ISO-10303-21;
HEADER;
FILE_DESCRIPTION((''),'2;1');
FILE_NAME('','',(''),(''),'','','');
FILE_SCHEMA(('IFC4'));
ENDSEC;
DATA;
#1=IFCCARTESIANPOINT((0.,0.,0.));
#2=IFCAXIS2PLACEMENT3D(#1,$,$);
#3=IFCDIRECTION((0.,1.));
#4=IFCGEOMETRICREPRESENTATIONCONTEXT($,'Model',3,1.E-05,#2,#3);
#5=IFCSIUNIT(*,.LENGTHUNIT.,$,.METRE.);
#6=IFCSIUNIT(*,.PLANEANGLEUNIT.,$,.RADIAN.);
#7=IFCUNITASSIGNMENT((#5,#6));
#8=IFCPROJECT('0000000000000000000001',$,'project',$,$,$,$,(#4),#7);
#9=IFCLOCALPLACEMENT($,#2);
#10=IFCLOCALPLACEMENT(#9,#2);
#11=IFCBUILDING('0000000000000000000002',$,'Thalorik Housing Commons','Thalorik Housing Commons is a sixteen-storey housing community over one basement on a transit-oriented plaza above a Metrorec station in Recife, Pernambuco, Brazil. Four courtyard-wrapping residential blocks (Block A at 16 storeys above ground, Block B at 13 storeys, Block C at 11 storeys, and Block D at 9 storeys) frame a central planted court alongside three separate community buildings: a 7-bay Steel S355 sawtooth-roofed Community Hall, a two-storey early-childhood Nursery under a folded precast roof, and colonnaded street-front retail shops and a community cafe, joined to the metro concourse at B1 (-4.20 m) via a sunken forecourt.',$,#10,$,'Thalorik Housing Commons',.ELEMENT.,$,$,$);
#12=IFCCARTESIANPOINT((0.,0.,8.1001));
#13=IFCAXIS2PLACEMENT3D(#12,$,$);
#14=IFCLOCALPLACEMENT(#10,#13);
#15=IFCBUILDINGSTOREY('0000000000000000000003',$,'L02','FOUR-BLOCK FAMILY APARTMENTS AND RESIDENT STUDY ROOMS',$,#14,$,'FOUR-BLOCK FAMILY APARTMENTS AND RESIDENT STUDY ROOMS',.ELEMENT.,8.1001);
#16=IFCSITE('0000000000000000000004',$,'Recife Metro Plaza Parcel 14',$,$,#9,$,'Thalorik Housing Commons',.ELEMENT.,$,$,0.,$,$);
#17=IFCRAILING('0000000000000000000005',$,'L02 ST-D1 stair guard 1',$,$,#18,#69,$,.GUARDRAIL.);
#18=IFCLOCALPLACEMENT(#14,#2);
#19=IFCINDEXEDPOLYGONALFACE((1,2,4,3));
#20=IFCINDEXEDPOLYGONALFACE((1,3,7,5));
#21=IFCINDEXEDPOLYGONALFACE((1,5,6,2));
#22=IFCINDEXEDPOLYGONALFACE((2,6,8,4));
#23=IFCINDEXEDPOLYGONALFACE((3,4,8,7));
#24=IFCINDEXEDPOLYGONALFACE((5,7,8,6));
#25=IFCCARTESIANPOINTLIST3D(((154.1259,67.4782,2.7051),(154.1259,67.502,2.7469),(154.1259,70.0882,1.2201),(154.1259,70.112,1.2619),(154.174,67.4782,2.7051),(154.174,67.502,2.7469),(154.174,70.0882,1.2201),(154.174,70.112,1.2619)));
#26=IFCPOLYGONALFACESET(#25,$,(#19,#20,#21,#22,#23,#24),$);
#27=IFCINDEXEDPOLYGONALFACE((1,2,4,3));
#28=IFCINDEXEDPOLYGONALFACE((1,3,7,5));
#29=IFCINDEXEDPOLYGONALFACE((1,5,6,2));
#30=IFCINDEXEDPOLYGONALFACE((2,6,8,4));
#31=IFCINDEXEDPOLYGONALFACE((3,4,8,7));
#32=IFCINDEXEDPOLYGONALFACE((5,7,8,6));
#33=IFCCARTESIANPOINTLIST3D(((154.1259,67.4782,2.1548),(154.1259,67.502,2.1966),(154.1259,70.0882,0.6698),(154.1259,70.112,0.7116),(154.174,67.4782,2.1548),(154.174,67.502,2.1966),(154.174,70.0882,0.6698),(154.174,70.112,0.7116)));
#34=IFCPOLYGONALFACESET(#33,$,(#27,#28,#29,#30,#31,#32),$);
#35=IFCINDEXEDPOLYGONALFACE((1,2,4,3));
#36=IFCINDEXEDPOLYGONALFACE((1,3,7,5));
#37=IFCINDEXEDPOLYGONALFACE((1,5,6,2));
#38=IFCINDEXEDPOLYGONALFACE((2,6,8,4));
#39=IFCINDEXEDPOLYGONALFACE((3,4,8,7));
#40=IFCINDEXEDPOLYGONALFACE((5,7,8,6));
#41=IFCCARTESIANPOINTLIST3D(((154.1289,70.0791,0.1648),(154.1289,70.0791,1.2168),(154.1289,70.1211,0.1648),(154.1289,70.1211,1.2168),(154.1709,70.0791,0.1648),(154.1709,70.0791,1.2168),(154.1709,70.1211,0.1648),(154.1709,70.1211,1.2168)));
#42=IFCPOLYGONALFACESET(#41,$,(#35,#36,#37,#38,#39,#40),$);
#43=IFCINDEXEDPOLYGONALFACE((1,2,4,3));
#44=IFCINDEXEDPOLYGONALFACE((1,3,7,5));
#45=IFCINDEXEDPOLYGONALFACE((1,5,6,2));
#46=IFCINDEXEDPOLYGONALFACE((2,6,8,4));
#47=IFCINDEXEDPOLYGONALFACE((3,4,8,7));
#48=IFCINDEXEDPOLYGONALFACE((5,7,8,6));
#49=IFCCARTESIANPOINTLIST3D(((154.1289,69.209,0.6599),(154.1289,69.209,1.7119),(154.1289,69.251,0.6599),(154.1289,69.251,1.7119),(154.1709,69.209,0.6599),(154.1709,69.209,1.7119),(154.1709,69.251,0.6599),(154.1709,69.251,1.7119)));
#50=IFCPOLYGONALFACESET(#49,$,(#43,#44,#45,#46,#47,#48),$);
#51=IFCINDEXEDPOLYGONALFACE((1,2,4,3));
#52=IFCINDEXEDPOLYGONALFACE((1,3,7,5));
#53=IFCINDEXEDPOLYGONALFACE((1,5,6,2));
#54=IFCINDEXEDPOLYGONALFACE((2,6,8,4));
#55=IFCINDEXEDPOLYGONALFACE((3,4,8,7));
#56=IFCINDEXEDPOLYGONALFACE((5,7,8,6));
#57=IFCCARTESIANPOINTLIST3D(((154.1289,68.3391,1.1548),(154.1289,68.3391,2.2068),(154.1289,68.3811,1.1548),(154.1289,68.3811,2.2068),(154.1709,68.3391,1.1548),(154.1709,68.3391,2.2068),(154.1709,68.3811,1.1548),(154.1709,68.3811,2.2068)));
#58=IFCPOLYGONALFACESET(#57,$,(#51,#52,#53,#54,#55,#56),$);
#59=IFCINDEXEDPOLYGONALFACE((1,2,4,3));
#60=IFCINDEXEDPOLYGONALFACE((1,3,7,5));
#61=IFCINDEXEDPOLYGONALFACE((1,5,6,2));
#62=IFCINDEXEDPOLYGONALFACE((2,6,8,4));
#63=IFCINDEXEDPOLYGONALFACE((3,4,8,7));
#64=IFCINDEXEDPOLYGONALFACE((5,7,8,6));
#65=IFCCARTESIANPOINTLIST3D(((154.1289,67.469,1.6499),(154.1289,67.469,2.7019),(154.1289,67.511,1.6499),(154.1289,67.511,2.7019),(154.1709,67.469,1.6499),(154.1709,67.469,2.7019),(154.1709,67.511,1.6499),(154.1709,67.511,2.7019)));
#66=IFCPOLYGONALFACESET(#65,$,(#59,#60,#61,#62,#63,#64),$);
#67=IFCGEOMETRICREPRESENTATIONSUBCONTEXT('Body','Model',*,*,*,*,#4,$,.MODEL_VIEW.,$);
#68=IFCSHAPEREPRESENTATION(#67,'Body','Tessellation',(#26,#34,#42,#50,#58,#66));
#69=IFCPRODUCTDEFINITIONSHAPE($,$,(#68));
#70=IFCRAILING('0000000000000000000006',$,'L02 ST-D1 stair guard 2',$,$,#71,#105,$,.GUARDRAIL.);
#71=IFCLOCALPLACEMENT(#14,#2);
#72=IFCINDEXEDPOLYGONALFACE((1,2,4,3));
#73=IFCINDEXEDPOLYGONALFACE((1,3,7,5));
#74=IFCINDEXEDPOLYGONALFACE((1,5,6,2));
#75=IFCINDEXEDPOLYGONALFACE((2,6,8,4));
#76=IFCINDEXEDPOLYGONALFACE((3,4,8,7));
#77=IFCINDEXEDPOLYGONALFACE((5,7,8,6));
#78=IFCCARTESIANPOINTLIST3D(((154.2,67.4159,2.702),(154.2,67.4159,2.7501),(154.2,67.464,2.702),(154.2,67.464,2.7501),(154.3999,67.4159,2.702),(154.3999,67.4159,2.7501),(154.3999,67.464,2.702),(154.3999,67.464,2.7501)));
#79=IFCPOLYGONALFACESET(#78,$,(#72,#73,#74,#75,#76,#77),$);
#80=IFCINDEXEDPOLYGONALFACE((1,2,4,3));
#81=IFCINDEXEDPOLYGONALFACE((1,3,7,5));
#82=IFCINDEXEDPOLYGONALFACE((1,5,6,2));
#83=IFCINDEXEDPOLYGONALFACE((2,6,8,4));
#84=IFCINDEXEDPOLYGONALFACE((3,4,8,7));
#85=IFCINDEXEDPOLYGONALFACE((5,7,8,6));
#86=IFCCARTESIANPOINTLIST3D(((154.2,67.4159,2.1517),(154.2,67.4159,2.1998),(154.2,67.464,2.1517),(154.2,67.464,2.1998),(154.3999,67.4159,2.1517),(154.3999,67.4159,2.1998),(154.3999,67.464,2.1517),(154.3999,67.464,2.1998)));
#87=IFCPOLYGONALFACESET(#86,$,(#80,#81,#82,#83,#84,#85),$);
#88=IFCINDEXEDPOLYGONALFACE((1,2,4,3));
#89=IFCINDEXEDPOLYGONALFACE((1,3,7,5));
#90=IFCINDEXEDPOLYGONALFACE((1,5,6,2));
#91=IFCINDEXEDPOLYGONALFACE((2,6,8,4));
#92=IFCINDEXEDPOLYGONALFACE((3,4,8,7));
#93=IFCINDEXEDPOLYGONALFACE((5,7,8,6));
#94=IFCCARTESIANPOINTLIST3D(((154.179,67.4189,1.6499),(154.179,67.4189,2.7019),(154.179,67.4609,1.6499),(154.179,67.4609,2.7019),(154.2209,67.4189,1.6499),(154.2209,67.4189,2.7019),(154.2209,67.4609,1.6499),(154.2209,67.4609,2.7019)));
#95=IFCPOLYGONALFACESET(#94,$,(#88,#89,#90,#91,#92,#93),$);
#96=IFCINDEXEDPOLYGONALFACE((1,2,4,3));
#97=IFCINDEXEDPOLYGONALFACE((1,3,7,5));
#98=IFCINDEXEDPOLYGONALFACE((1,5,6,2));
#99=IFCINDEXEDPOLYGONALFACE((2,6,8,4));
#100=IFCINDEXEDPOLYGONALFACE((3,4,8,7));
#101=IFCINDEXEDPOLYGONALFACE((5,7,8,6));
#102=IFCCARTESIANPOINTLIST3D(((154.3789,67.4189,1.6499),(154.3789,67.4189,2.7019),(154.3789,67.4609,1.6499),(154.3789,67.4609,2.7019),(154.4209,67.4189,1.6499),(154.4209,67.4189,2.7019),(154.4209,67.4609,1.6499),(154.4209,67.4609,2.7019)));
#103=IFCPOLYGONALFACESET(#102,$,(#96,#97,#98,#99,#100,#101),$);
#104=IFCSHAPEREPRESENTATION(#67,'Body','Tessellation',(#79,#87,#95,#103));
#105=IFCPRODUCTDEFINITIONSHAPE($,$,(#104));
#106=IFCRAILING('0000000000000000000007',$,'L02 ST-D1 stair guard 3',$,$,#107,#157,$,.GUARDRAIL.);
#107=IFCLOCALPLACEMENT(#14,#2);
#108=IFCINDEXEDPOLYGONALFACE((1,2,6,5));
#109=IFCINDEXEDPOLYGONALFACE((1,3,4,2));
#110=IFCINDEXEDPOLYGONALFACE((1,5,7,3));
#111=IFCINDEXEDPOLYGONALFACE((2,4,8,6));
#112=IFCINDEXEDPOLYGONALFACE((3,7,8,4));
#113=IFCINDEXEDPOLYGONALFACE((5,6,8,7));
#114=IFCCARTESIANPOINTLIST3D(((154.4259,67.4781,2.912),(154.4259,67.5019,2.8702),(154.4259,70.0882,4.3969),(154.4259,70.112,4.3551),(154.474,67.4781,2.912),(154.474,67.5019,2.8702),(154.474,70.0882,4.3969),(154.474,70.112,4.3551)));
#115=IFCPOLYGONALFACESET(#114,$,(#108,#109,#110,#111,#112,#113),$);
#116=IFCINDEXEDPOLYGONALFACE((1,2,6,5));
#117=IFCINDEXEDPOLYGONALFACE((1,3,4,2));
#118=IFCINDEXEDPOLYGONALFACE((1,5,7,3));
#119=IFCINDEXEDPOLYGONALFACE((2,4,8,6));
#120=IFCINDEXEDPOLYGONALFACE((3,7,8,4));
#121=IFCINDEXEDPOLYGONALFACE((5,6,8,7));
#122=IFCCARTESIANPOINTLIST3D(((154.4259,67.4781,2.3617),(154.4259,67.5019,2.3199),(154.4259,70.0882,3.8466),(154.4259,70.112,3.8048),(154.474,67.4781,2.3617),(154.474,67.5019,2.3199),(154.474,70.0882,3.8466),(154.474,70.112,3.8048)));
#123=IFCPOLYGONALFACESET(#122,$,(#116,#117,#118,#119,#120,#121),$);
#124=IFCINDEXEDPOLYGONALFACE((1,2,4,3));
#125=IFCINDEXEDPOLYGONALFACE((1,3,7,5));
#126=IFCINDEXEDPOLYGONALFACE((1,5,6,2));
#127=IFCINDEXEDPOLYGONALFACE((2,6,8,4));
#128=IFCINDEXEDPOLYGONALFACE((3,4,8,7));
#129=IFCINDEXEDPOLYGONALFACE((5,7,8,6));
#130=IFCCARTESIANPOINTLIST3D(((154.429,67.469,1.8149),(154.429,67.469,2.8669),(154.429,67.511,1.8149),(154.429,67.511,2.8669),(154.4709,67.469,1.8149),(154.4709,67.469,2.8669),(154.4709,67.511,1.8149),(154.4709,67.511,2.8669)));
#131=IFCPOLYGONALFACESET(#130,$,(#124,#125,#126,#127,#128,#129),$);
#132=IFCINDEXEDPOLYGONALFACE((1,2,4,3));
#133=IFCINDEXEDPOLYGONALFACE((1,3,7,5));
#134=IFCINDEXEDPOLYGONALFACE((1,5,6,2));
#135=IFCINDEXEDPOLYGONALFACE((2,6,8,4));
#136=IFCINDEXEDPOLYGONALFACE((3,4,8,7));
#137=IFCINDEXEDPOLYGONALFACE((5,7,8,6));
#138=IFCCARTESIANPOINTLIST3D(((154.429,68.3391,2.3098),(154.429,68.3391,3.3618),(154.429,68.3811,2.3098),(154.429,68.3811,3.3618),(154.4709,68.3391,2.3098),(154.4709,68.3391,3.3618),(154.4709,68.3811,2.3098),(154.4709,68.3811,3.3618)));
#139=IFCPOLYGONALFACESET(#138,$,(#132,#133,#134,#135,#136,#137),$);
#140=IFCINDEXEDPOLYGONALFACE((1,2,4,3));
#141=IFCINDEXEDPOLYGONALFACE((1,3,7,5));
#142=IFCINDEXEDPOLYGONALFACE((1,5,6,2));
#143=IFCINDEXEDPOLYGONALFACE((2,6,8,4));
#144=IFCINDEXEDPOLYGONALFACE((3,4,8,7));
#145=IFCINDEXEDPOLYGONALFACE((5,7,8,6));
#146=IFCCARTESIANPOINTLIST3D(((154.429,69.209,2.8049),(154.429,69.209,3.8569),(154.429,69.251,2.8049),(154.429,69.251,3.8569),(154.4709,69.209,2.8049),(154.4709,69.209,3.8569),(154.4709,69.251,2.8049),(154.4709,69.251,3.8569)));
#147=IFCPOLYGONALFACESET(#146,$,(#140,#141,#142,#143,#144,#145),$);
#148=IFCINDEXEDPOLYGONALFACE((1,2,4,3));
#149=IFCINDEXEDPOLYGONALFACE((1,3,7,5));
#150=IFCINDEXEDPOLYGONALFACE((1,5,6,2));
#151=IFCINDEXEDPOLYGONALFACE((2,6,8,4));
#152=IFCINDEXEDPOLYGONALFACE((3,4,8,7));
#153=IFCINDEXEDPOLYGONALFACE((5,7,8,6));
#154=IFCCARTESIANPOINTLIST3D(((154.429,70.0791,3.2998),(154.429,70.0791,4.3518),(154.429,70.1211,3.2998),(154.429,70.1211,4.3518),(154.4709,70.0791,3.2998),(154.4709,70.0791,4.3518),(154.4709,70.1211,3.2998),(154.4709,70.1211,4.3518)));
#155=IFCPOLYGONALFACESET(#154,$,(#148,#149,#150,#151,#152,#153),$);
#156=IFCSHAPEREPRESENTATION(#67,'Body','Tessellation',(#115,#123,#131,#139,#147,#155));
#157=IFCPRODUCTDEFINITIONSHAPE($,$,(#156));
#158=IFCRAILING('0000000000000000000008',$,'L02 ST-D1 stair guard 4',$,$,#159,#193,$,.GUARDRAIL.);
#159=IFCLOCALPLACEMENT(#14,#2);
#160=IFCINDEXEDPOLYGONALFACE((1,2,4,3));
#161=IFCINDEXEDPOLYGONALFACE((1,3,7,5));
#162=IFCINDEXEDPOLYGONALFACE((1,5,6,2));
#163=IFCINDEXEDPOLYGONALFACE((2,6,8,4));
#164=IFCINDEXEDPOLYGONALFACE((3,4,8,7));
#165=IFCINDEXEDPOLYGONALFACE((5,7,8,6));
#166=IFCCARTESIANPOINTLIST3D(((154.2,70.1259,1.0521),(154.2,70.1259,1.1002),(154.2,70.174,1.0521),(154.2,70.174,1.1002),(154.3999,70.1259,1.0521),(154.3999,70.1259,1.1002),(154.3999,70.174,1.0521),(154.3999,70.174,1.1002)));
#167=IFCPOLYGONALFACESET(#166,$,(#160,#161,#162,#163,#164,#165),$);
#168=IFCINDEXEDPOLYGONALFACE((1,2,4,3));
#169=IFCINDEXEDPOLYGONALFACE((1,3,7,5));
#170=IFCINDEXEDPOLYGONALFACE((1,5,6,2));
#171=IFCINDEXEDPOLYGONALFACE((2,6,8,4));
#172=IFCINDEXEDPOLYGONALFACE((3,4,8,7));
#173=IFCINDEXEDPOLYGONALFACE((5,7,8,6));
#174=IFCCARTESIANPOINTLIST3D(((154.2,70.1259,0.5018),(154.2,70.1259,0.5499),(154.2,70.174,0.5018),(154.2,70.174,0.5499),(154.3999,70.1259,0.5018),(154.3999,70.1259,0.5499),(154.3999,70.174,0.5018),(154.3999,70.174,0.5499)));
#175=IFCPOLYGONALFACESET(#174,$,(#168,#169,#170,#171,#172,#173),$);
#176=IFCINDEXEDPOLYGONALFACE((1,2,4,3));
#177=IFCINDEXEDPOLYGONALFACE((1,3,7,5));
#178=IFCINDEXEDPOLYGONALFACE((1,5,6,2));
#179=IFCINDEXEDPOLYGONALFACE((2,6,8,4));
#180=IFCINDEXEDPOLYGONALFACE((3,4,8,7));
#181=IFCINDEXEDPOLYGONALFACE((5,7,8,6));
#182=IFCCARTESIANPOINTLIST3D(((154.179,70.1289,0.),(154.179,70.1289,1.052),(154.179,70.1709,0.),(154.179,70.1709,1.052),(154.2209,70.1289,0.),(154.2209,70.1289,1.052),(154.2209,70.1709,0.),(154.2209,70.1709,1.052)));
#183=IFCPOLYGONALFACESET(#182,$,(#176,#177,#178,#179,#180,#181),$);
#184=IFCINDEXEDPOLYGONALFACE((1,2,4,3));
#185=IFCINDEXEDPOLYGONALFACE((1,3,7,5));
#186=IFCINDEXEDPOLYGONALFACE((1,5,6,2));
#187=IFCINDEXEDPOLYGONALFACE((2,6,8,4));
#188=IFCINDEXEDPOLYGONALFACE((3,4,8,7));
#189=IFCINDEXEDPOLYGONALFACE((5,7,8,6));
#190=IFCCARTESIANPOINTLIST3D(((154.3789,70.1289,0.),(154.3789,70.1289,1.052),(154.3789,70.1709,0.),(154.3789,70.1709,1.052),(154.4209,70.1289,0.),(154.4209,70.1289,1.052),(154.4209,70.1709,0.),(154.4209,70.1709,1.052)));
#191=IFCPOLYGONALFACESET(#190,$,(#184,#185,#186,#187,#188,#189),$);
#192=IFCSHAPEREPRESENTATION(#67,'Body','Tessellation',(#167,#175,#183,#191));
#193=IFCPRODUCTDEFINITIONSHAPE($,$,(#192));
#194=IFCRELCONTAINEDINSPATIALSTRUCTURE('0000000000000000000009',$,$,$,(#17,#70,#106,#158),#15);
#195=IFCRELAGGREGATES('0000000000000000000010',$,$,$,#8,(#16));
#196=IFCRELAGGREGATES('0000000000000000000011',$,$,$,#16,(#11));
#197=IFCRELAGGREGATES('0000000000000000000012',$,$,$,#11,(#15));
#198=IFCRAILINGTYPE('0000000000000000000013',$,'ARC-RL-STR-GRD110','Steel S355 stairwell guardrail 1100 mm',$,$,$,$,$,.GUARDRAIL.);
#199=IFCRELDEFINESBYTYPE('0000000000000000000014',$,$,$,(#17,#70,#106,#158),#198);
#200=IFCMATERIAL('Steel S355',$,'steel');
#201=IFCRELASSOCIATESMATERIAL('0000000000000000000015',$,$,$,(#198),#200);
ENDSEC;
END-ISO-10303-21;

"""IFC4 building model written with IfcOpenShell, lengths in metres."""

from ifc_helpers import new_model, si_unit, direction, frame, origin, origin_2d, place, context, subcontext, project, spatial, rectangle, extrude, material, type_object, element, save


model = new_model("IFC4")

# Units and contexts
model_context = context("Model", 3, precision=1e-05, world=origin(), true_north=direction((0.0, 1.0)))
body_context = subcontext(model_context, "Body", "Model", "MODEL_VIEW")
ifc_project = project(units=[si_unit("LENGTHUNIT", "METRE"), si_unit("PLANEANGLEUNIT", "RADIAN")], contexts=[model_context])

# Site, building, storey
site_placement = place(None, origin())
site = spatial("IfcSite", under=ifc_project, at=site_placement, Name="Recife Metro Plaza Parcel 14", LongName="Thalorik Housing Commons", CompositionType="ELEMENT", RefElevation=0.0)
building_placement = place(site_placement, origin())
building = spatial("IfcBuilding", under=site, at=building_placement, Name="Thalorik Housing Commons", Description="Thalorik Housing Commons is a sixteen-storey housing community over one basement on a transit-oriented plaza above a Metrorec station in Recife, Pernambuco, Brazil. Four courtyard-wrapping residential blocks (Block A at 16 storeys above ground, Block B at 13 storeys, Block C at 11 storeys, and Block D at 9 storeys) frame a central planted court alongside three separate community buildings: a 7-bay Steel S355 sawtooth-roofed Community Hall, a two-storey early-childhood Nursery under a folded precast roof, and colonnaded street-front retail shops and a community cafe, joined to the metro concourse at B1 (-4.20 m) via a sunken forecourt.", LongName="Thalorik Housing Commons", CompositionType="ELEMENT")
storey_placement = place(building_placement, frame((0.0, 0.0, 8.1001)))
storey = spatial("IfcBuildingStorey", under=building, at=storey_placement, Name="L02", Description="FOUR-BLOCK FAMILY APARTMENTS AND RESIDENT STUDY ROOMS", LongName="FOUR-BLOCK FAMILY APARTMENTS AND RESIDENT STUDY ROOMS", CompositionType="ELEMENT", Elevation=8.1001)

# Shared definitions
ifc_material_1 = material(Name="Steel S355", Category="steel")

# Railings
railing_type_1 = type_object("IfcRailingType", Name="ARC-RL-STR-GRD110", Description="Steel S355 stairwell guardrail 1100 mm", PredefinedType="GUARDRAIL", material=ifc_material_1)
railing_1_placement = place(storey_placement, frame((154.1499, 70.1001, 0.1648)))
element("IfcRailing", 1, at=railing_1_placement, inside=storey, type_object=railing_type_1, Name="L02 ST-D1 stair guard 1", PredefinedType="GUARDRAIL", context=body_context, shape_type="SweptSolid", body=[
    extrude(rectangle(XDim=0.0481, YDim=0.0481, at=origin_2d()), frame((0.0, 0.0, 1.0762), z_axis=(0.0, -0.869157, 0.494536), x_axis=(1.0, 0.0, 0.0)), (0.0, 0.0, 1.0), 3.0029),
    extrude(rectangle(XDim=0.0481, YDim=0.0481, at=origin_2d()), frame((0.0, 0.0, 0.5259), z_axis=(0.0, -0.869157, 0.494536), x_axis=(1.0, 0.0, 0.0)), (0.0, 0.0, 1.0), 3.0029),
    extrude(rectangle(XDim=0.042, YDim=0.042, at=origin_2d()), origin(), (0.0, 0.0, 1.0), 1.052),
    extrude(rectangle(XDim=0.042, YDim=0.042, at=origin_2d()), frame((0.0, -0.8701, 0.4951)), (0.0, 0.0, 1.0), 1.052),
    extrude(rectangle(XDim=0.042, YDim=0.042, at=origin_2d()), frame((0.0, -1.74, 0.99)), (0.0, 0.0, 1.0), 1.052),
    extrude(rectangle(XDim=0.042, YDim=0.042, at=origin_2d()), frame((0.0, -2.6101, 1.4851)), (0.0, 0.0, 1.0), 1.052),
])
railing_2_placement = place(storey_placement, frame((154.2, 67.4399, 1.6499)))
element("IfcRailing", 2, at=railing_2_placement, inside=storey, type_object=railing_type_1, Name="L02 ST-D1 stair guard 2", PredefinedType="GUARDRAIL", context=body_context, shape_type="SweptSolid", body=[
    extrude(rectangle(XDim=0.0481, YDim=0.0481, at=origin_2d()), frame((0.0, 0.0, 1.0762), z_axis=(1.0, 0.0, 0.0), x_axis=(0.0, 1.0, 0.0)), (0.0, 0.0, 1.0), 0.2),
    extrude(rectangle(XDim=0.0481, YDim=0.0481, at=origin_2d()), frame((0.0, 0.0, 0.5259), z_axis=(1.0, 0.0, 0.0), x_axis=(0.0, 1.0, 0.0)), (0.0, 0.0, 1.0), 0.2),
    extrude(rectangle(XDim=0.042, YDim=0.042, at=origin_2d()), origin(), (0.0, 0.0, 1.0), 1.052),
    extrude(rectangle(XDim=0.042, YDim=0.042, at=origin_2d()), frame((0.2, 0.0, 0.0)), (0.0, 0.0, 1.0), 1.052),
])
railing_3_placement = place(storey_placement, frame((154.45, 67.49, 1.8149)))
element("IfcRailing", 3, at=railing_3_placement, inside=storey, type_object=railing_type_1, Name="L02 ST-D1 stair guard 3", PredefinedType="GUARDRAIL", context=body_context, shape_type="SweptSolid", body=[
    extrude(rectangle(XDim=0.0481, YDim=0.0481, at=origin_2d()), frame((0.0, 0.0, 1.0762), z_axis=(0.0, 0.869192, 0.494474), x_axis=(-1.0, 0.0, 0.0)), (0.0, 0.0, 1.0), 3.0029),
    extrude(rectangle(XDim=0.0481, YDim=0.0481, at=origin_2d()), frame((0.0, 0.0, 0.5259), z_axis=(0.0, 0.869192, 0.494474), x_axis=(-1.0, 0.0, 0.0)), (0.0, 0.0, 1.0), 3.0029),
    extrude(rectangle(XDim=0.042, YDim=0.042, at=origin_2d()), origin(), (0.0, 0.0, 1.0), 1.052),
    extrude(rectangle(XDim=0.042, YDim=0.042, at=origin_2d()), frame((0.0, 0.8701, 0.4949)), (0.0, 0.0, 1.0), 1.052),
    extrude(rectangle(XDim=0.042, YDim=0.042, at=origin_2d()), frame((0.0, 1.74, 0.99)), (0.0, 0.0, 1.0), 1.052),
    extrude(rectangle(XDim=0.042, YDim=0.042, at=origin_2d()), frame((0.0, 2.6101, 1.4849)), (0.0, 0.0, 1.0), 1.052),
])
railing_4_placement = place(storey_placement, frame((154.2, 70.1499, 0.0)))
element("IfcRailing", 4, at=railing_4_placement, inside=storey, type_object=railing_type_1, Name="L02 ST-D1 stair guard 4", PredefinedType="GUARDRAIL", context=body_context, shape_type="SweptSolid", body=[
    extrude(rectangle(XDim=0.0481, YDim=0.0481, at=origin_2d()), frame((0.0, 0.0, 1.0762), z_axis=(1.0, 0.0, 0.0), x_axis=(0.0, 1.0, 0.0)), (0.0, 0.0, 1.0), 0.2),
    extrude(rectangle(XDim=0.0481, YDim=0.0481, at=origin_2d()), frame((0.0, 0.0, 0.5259), z_axis=(1.0, 0.0, 0.0), x_axis=(0.0, 1.0, 0.0)), (0.0, 0.0, 1.0), 0.2),
    extrude(rectangle(XDim=0.042, YDim=0.042, at=origin_2d()), origin(), (0.0, 0.0, 1.0), 1.052),
    extrude(rectangle(XDim=0.042, YDim=0.042, at=origin_2d()), frame((0.2, 0.0, 0.0)), (0.0, 0.0, 1.0), 1.052),
])

save(model, "model.ifc")
